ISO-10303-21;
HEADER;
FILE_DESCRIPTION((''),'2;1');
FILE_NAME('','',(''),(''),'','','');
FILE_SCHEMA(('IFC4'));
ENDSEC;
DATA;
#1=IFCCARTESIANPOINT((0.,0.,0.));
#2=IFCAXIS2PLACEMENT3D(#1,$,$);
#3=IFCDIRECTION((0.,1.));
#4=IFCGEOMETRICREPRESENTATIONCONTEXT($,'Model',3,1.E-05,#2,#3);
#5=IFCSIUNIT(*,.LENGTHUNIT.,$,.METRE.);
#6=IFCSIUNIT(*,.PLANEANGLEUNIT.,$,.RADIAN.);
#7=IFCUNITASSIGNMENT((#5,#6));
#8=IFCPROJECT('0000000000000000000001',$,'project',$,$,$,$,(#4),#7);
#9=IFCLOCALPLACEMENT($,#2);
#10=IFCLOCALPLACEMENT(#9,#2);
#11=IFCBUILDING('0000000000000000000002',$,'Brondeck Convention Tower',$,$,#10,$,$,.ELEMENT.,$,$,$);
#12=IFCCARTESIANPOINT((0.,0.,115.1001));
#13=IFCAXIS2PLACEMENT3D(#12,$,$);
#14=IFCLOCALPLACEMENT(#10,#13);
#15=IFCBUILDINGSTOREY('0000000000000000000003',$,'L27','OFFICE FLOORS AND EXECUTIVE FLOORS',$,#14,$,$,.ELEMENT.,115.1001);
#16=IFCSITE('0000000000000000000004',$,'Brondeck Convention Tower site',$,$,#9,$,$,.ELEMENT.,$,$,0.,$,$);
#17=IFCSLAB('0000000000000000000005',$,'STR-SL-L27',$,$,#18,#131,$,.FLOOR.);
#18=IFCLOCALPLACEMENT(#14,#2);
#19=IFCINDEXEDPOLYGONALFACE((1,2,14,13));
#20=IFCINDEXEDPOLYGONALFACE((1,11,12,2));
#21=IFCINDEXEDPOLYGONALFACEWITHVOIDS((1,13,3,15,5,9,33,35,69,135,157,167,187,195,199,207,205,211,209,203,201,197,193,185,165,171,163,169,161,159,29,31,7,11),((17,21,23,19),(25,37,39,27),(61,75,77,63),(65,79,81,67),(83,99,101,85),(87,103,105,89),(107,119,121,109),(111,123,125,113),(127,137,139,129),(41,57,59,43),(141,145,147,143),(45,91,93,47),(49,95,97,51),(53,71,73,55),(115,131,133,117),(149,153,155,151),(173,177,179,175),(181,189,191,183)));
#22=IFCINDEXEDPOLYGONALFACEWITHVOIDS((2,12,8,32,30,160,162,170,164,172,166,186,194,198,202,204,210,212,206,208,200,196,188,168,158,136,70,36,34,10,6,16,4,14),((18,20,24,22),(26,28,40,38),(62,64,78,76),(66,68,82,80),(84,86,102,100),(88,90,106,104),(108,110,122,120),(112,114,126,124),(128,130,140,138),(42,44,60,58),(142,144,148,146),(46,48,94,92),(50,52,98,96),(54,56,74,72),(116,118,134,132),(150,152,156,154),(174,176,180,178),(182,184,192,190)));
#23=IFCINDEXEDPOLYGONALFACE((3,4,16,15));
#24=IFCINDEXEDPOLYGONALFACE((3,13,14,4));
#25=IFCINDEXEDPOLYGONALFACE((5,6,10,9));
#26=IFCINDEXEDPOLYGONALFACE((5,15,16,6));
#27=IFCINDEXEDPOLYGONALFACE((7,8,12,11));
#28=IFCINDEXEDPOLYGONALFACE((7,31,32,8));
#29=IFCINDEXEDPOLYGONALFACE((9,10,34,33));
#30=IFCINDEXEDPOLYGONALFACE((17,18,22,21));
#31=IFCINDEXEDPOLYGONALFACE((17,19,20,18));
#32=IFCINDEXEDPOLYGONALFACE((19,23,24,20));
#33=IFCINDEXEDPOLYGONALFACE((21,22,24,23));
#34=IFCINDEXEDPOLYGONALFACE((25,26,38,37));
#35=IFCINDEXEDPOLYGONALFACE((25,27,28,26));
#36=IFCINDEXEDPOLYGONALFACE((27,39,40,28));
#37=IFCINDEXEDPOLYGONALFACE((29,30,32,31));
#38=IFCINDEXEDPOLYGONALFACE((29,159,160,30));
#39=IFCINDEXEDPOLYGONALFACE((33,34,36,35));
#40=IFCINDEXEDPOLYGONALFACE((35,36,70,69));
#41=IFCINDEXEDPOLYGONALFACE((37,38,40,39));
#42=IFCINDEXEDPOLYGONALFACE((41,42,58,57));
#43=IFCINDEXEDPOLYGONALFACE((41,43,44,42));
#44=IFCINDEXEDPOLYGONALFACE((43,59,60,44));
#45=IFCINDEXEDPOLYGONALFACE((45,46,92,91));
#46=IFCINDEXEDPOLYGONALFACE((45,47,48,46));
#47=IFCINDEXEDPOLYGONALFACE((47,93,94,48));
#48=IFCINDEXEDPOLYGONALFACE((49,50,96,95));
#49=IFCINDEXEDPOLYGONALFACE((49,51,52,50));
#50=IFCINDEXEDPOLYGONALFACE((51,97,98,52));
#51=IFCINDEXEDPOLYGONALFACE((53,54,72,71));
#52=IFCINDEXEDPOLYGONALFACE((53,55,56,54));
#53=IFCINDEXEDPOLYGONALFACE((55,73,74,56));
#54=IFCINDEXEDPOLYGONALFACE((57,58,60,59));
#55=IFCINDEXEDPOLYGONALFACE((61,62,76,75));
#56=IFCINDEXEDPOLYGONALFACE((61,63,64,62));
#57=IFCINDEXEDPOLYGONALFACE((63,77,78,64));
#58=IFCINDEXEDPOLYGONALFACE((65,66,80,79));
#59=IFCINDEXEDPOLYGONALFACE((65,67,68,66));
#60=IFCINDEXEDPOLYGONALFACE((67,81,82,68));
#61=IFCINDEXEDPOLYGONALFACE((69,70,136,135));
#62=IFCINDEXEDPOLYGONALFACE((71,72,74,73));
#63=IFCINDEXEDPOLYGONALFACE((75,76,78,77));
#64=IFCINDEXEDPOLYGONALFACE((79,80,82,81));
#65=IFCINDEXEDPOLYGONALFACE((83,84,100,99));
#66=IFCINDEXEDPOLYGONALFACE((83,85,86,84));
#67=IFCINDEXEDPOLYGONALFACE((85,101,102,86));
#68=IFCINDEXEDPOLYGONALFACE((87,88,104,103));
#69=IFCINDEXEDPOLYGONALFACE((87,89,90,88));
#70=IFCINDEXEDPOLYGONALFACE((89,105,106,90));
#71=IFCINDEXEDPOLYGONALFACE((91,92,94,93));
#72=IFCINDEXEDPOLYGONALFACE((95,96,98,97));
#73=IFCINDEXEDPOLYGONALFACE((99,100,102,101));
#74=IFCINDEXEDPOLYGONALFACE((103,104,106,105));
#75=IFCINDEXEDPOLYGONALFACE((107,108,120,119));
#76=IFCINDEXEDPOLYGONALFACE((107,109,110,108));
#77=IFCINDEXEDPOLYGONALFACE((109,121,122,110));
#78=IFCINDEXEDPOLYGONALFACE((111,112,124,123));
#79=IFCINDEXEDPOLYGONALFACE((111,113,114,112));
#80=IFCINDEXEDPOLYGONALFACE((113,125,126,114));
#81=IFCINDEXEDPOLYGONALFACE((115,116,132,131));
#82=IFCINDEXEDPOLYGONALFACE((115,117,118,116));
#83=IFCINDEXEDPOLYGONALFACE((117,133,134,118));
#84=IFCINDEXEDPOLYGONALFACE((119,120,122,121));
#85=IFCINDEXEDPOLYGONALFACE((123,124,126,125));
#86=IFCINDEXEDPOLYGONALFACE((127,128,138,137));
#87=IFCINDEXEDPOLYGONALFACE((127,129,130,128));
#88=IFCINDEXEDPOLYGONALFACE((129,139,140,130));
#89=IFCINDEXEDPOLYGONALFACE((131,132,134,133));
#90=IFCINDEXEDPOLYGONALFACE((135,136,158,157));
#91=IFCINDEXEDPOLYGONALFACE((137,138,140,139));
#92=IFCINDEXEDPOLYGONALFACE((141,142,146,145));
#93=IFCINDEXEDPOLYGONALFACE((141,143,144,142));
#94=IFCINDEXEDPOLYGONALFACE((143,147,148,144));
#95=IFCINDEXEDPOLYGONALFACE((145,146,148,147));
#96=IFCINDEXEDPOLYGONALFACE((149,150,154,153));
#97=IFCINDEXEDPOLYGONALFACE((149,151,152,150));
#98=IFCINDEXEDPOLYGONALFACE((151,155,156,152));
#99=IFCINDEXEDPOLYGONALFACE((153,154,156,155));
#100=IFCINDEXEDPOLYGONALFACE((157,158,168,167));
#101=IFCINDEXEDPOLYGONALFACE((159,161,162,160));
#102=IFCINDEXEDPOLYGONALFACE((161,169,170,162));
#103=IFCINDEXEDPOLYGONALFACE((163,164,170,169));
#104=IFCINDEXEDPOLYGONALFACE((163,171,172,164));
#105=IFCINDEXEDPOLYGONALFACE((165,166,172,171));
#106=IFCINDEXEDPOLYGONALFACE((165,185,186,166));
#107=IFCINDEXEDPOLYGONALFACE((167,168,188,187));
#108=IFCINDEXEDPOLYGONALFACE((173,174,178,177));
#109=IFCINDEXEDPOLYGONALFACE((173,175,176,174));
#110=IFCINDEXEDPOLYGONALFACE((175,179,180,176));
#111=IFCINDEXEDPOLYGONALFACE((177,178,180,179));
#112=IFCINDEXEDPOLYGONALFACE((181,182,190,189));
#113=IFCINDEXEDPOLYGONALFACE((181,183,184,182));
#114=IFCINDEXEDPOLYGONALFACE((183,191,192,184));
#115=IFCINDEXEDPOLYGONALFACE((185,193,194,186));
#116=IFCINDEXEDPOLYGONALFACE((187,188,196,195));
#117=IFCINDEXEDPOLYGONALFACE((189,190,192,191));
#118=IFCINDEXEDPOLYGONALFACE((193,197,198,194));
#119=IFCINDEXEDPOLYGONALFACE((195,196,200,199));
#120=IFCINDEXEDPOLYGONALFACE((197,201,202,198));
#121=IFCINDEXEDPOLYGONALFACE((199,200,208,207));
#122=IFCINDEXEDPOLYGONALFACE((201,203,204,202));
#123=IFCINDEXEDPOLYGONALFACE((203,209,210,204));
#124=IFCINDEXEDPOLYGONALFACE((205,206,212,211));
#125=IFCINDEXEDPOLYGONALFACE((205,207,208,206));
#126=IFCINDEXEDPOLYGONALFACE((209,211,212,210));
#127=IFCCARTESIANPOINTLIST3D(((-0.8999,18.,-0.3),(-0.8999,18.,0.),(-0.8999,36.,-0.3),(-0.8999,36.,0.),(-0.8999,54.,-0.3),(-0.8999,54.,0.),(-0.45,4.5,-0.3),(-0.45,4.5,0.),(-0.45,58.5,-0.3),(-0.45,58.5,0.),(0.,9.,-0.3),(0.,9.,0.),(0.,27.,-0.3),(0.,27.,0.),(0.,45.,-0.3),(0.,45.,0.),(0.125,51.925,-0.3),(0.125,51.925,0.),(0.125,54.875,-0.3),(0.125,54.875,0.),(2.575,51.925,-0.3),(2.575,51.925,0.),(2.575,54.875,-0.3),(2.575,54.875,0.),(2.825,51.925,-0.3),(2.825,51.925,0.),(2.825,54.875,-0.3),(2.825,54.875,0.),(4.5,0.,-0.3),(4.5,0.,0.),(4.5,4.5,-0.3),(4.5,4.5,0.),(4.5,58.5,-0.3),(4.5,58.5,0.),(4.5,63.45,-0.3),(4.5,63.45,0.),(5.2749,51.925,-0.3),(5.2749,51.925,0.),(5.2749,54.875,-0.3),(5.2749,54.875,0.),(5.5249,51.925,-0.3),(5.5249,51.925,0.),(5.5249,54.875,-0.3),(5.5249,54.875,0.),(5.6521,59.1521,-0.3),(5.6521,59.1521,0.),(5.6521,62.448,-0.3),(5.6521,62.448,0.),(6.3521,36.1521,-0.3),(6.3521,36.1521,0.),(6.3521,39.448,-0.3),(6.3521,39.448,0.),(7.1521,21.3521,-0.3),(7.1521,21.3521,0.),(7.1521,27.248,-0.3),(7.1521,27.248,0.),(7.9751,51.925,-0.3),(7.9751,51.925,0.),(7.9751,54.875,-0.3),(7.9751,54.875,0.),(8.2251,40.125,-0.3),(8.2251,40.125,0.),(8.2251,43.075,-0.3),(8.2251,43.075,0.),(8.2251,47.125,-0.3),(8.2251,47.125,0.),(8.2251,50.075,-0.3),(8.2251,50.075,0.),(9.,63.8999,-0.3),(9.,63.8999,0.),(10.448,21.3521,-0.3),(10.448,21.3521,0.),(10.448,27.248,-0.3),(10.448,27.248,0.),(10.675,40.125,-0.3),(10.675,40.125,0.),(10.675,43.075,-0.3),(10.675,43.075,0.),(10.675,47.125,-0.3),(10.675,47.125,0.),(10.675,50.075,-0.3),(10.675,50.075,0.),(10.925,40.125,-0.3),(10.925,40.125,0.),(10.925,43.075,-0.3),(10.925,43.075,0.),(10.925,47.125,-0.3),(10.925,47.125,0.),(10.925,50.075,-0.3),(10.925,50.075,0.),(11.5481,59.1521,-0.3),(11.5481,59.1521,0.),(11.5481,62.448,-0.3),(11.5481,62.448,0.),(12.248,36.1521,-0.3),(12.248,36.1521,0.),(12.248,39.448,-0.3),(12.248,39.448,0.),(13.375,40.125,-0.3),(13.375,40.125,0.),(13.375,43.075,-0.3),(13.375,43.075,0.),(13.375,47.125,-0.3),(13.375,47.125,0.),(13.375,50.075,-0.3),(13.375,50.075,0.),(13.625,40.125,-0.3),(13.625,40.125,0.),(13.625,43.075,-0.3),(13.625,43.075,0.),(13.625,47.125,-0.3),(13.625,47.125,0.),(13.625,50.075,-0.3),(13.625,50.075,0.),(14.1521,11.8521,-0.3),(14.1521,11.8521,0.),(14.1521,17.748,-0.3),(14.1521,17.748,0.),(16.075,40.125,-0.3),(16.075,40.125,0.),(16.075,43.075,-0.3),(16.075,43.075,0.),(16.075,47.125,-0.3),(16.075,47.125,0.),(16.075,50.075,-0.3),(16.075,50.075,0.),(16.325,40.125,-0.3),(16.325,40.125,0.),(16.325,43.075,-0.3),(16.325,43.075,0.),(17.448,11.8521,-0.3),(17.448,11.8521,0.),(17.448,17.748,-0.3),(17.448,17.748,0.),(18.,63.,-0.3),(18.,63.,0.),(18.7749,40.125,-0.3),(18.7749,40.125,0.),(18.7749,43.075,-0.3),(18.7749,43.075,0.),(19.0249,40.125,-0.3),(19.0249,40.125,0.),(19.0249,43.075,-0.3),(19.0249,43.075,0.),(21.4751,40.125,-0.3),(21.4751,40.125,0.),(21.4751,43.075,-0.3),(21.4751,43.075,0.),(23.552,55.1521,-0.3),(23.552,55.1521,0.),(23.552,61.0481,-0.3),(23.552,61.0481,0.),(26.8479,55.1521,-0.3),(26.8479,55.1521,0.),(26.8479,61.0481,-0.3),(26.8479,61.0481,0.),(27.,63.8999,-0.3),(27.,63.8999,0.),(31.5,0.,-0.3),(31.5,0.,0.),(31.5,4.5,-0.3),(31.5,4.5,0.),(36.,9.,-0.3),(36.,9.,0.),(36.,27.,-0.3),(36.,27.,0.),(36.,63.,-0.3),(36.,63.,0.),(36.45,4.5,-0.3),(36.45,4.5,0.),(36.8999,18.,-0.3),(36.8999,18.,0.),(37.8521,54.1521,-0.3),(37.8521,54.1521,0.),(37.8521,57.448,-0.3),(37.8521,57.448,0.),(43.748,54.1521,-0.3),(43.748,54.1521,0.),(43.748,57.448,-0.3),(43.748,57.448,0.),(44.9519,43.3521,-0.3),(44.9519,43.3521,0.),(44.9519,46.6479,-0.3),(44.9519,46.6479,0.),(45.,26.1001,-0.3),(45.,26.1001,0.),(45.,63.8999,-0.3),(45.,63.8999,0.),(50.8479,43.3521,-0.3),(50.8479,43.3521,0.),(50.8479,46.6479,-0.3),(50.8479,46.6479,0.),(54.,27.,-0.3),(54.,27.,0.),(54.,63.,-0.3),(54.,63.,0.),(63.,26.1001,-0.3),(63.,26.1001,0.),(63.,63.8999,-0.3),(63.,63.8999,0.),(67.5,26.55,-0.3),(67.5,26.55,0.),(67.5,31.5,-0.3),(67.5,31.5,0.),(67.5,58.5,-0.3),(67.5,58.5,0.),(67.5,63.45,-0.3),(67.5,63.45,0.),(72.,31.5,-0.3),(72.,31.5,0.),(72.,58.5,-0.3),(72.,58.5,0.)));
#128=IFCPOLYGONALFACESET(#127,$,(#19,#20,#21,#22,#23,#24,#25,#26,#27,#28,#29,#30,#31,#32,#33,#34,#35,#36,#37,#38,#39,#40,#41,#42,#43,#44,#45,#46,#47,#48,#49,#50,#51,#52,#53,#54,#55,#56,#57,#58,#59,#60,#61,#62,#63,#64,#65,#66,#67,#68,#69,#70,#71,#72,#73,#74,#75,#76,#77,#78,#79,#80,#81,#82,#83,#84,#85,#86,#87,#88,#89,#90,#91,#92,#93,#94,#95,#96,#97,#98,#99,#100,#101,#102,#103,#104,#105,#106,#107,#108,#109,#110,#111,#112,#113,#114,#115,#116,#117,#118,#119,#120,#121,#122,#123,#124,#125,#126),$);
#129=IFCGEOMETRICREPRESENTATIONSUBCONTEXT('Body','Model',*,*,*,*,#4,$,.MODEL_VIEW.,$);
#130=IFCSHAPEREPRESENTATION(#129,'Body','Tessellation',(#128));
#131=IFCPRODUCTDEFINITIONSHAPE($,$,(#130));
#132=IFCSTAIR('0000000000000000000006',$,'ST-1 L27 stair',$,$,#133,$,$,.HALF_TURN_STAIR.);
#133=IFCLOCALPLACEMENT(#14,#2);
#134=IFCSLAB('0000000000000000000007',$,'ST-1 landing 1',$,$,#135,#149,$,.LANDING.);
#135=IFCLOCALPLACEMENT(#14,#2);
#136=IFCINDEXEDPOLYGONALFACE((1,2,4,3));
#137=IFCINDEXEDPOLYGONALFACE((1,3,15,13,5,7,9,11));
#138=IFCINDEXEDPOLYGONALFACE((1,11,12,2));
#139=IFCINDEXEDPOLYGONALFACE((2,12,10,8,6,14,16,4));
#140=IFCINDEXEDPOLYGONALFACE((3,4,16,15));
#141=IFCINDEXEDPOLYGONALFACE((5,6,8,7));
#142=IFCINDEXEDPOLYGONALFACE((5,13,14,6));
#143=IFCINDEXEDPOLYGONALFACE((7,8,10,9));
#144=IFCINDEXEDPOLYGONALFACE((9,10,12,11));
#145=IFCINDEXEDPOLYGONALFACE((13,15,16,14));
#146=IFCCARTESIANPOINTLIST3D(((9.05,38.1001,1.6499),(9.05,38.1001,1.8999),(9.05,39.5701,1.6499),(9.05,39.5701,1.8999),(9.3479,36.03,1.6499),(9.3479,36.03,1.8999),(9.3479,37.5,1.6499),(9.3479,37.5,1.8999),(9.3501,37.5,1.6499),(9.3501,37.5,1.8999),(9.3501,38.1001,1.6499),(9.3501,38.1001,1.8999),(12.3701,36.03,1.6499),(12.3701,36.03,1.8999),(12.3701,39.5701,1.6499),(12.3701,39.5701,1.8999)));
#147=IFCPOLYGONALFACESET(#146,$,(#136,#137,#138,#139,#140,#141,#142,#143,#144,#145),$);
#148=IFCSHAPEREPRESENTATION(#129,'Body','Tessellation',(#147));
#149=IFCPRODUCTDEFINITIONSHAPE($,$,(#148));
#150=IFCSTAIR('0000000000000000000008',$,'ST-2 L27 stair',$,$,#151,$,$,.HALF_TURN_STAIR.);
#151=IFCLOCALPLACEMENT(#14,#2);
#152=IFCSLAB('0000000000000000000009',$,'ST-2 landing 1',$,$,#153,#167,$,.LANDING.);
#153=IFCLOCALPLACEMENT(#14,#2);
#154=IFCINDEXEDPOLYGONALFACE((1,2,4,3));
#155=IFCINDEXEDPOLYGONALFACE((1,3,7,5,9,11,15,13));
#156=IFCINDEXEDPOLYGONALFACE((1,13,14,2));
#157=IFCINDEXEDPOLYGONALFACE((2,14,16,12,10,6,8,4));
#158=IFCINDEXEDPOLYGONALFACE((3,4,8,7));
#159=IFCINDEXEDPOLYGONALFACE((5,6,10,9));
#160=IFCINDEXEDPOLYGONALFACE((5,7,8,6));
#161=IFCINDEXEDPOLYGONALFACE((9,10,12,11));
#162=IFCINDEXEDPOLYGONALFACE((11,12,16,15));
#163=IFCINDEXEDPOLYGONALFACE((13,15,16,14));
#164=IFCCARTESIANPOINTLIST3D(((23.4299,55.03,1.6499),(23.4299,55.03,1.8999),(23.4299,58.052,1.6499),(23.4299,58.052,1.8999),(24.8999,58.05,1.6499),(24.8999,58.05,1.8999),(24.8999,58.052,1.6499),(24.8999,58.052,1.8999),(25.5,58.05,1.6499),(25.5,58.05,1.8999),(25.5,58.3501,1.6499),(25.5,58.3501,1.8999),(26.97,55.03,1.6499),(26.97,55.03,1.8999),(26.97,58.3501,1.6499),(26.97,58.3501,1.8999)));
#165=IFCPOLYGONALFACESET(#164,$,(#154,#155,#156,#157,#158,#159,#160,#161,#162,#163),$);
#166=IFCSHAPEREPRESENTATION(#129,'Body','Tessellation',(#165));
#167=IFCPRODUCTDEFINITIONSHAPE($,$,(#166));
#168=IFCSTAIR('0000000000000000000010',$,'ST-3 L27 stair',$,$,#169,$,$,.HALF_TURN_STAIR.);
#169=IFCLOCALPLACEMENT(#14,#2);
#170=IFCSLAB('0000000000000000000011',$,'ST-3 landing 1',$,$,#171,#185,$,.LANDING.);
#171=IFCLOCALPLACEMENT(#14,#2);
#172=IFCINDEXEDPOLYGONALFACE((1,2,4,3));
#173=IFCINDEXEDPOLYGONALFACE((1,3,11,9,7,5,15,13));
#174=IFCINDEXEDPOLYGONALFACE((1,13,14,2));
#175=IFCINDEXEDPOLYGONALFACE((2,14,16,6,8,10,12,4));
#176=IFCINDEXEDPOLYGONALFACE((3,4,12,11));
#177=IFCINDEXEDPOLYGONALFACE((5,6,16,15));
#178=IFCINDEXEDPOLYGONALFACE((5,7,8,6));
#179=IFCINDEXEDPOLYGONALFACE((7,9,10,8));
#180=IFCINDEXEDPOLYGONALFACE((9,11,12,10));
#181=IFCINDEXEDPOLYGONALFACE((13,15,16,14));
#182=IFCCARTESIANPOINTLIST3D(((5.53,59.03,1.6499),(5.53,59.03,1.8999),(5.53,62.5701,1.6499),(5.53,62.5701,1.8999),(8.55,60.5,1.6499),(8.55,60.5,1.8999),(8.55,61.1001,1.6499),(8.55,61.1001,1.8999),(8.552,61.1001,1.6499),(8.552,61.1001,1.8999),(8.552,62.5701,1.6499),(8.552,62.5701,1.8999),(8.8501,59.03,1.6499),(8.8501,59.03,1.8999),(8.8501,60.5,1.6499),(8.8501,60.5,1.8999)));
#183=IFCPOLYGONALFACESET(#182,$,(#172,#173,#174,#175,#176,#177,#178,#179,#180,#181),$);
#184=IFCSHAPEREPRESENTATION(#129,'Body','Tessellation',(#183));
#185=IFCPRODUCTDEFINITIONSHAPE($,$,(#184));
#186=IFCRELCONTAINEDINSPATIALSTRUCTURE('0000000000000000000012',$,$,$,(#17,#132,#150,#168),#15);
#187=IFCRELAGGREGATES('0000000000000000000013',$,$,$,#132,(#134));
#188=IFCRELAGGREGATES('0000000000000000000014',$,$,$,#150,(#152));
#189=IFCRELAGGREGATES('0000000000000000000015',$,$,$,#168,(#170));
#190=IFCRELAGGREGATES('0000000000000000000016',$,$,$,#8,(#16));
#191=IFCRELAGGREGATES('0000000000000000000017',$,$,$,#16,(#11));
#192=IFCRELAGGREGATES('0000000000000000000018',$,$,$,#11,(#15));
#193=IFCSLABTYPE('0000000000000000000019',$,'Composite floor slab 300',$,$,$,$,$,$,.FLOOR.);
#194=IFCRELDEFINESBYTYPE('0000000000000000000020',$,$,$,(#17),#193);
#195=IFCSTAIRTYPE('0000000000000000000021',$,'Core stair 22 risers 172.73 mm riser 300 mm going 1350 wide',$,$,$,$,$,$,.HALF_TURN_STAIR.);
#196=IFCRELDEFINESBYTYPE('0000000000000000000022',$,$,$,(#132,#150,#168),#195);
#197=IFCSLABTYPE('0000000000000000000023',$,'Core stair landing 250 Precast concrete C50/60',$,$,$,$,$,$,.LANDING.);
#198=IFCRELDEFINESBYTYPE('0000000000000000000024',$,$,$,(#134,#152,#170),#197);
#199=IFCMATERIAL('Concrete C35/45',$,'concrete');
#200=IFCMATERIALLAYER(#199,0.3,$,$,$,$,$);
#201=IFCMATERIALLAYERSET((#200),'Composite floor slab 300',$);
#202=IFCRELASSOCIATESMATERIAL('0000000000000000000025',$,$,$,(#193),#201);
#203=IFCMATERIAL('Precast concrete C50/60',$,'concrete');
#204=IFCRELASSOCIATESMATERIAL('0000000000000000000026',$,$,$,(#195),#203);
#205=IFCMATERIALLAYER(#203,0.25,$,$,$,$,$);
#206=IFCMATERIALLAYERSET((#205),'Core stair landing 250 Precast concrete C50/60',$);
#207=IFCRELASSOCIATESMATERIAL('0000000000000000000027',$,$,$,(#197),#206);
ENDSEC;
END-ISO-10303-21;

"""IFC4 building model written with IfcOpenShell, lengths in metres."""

from ifc_helpers import new_model, si_unit, direction, frame, origin, place, context, subcontext, project, spatial, polyline, outline, extrude, material, layer, layer_set, type_object, element, aggregate, save


model = new_model("IFC4")

# Units and contexts
model_context = context("Model", 3, precision=1e-05, world=origin(), true_north=direction((0.0, 1.0)))
body_context = subcontext(model_context, "Body", "Model", "MODEL_VIEW")
ifc_project = project(units=[si_unit("LENGTHUNIT", "METRE"), si_unit("PLANEANGLEUNIT", "RADIAN")], contexts=[model_context])

# Site, building, storey
site_placement = place(None, origin())
site = spatial("IfcSite", under=ifc_project, at=site_placement, Name="Brondeck Convention Tower site", CompositionType="ELEMENT", RefElevation=0.0)
building_placement = place(site_placement, origin())
building = spatial("IfcBuilding", under=site, at=building_placement, Name="Brondeck Convention Tower", CompositionType="ELEMENT")
storey_placement = place(building_placement, frame((0.0, 0.0, 115.1001)))
storey = spatial("IfcBuildingStorey", under=building, at=storey_placement, Name="L27", Description="OFFICE FLOORS AND EXECUTIVE FLOORS", CompositionType="ELEMENT", Elevation=115.1001)

# Slab
ifc_material_1 = material(Name="Concrete C35/45", Category="concrete")
ifc_layer_1 = layer(ifc_material_1, 0.3)
ifc_layer_set_1 = layer_set([ifc_layer_1], Name="Composite floor slab 300")
slab_type_1 = type_object("IfcSlabType", Name="Composite floor slab 300", PredefinedType="FLOOR", material=ifc_layer_set_1)
slab_1_placement = place(storey_placement, frame((0.0, 0.0, -0.3)))
element("IfcSlab", 1, at=slab_1_placement, inside=storey, type_object=slab_type_1, Name="STR-SL-L27", PredefinedType="FLOOR", context=body_context, shape_type="SweptSolid", body=[
    extrude(outline(polyline([(4.5, 4.5), (-0.45, 4.5), (0.0, 9.0), (-0.8999, 18.0), (0.0, 27.0), (-0.8999, 36.0), (0.0, 45.0), (-0.8999, 54.0), (-0.45, 58.5), (4.5, 58.5), (4.5, 63.45), (9.0, 63.8999), (18.0, 63.0), (27.0, 63.8999), (36.0, 63.0), (45.0, 63.8999), (54.0, 63.0), (63.0, 63.8999), (67.5, 63.45), (67.5, 58.5), (72.0, 58.5), (72.0, 31.5), (67.5, 31.5), (67.5, 26.55), (63.0, 26.1001), (54.0, 27.0), (45.0, 26.1001), (36.0, 27.0), (36.8999, 18.0), (36.0, 9.0), (36.45, 4.5), (31.5, 4.5), (31.5, 0.0), (4.5, 0.0), (4.5, 4.5)]), holes=[polyline([(10.448, 27.248), (7.1521, 27.248), (7.1521, 21.3521), (10.448, 21.3521), (10.448, 27.248)]), polyline([(12.248, 36.1521), (12.248, 39.448), (6.3521, 39.448), (6.3521, 36.1521), (12.248, 36.1521)]), polyline([(10.675, 40.125), (10.675, 43.075), (8.2251, 43.075), (8.2251, 40.125), (10.675, 40.125)]), polyline([(10.675, 47.125), (10.675, 50.075), (8.2251, 50.075), (8.2251, 47.125), (10.675, 47.125)]), polyline([(13.375, 47.125), (13.375, 50.075), (10.925, 50.075), (10.925, 47.125), (13.375, 47.125)]), polyline([(2.575, 51.925), (2.575, 54.875), (0.125, 54.875), (0.125, 51.925), (2.575, 51.925)]), polyline([(5.2749, 51.925), (5.2749, 54.875), (2.825, 54.875), (2.825, 51.925), (5.2749, 51.925)]), polyline([(5.5249, 51.925), (7.9751, 51.925), (7.9751, 54.875), (5.5249, 54.875), (5.5249, 51.925)]), polyline([(11.5481, 62.448), (5.6521, 62.448), (5.6521, 59.1521), (11.5481, 59.1521), (11.5481, 62.448)]), polyline([(17.448, 17.748), (14.1521, 17.748), (14.1521, 11.8521), (17.448, 11.8521), (17.448, 17.748)]), polyline([(13.375, 40.125), (13.375, 43.075), (10.925, 43.075), (10.925, 40.125), (13.375, 40.125)]), polyline([(16.075, 40.125), (16.075, 43.075), (13.625, 43.075), (13.625, 40.125), (16.075, 40.125)]), polyline([(18.7749, 40.125), (18.7749, 43.075), (16.325, 43.075), (16.325, 40.125), (18.7749, 40.125)]), polyline([(21.4751, 40.125), (21.4751, 43.075), (19.0249, 43.075), (19.0249, 40.125), (21.4751, 40.125)]), polyline([(50.8479, 43.3521), (50.8479, 46.6479), (44.9519, 46.6479), (44.9519, 43.3521), (50.8479, 43.3521)]), polyline([(16.075, 47.125), (16.075, 50.075), (13.625, 50.075), (13.625, 47.125), (16.075, 47.125)]), polyline([(37.8521, 54.1521), (43.748, 54.1521), (43.748, 57.448), (37.8521, 57.448), (37.8521, 54.1521)]), polyline([(23.552, 61.0481), (23.552, 55.1521), (26.8479, 55.1521), (26.8479, 61.0481), (23.552, 61.0481)])]), origin(), (0.0, 0.0, 1.0), 0.3),
])

# Stairs, slabs
ifc_material_2 = material(Name="Precast concrete C50/60", Category="concrete")
stair_type = type_object("IfcStairType", Name="Core stair 22 risers 172.73 mm riser 300 mm going 1350 wide", PredefinedType="HALF_TURN_STAIR", material=ifc_material_2)
stair_1_placement = place(storey_placement, origin())
stair_1 = element("IfcStair", 2, at=stair_1_placement, inside=storey, type_object=stair_type, Name="ST-1 L27 stair", PredefinedType="HALF_TURN_STAIR")
ifc_layer_2 = layer(ifc_material_2, 0.25)
ifc_layer_set_2 = layer_set([ifc_layer_2], Name="Core stair landing 250 Precast concrete C50/60")
slab_type_2 = type_object("IfcSlabType", Name="Core stair landing 250 Precast concrete C50/60", PredefinedType="LANDING", material=ifc_layer_set_2)
slab_2_placement = place(storey_placement, frame((0.0, 0.0, 1.6499)))
slab_2 = element("IfcSlab", 3, at=slab_2_placement, type_object=slab_type_2, Name="ST-1 landing 1", PredefinedType="LANDING", context=body_context, shape_type="SweptSolid", body=[
    extrude(outline(polyline([(9.3479, 37.5), (9.3501, 37.5), (9.3501, 38.1001), (9.05, 38.1001), (9.05, 39.5701), (12.3701, 39.5701), (12.3701, 36.03), (9.3479, 36.03), (9.3479, 37.5)])), origin(), (0.0, 0.0, 1.0), 0.25),
])
aggregate(stair_1, [slab_2])
stair_2_placement = place(storey_placement, origin())
stair_2 = element("IfcStair", 4, at=stair_2_placement, inside=storey, type_object=stair_type, Name="ST-2 L27 stair", PredefinedType="HALF_TURN_STAIR")
slab_3_placement = place(storey_placement, frame((0.0, 0.0, 1.6499)))
slab_3 = element("IfcSlab", 5, at=slab_3_placement, type_object=slab_type_2, Name="ST-2 landing 1", PredefinedType="LANDING", context=body_context, shape_type="SweptSolid", body=[
    extrude(outline(polyline([(23.4299, 58.052), (24.8999, 58.052), (24.8999, 58.05), (25.5, 58.05), (25.5, 58.3501), (26.97, 58.3501), (26.97, 55.03), (23.4299, 55.03), (23.4299, 58.052)])), origin(), (0.0, 0.0, 1.0), 0.25),
])
aggregate(stair_2, [slab_3])
stair_3_placement = place(storey_placement, origin())
stair_3 = element("IfcStair", 6, at=stair_3_placement, inside=storey, type_object=stair_type, Name="ST-3 L27 stair", PredefinedType="HALF_TURN_STAIR")
slab_4_placement = place(storey_placement, frame((0.0, 0.0, 1.6499)))
slab_4 = element("IfcSlab", 7, at=slab_4_placement, type_object=slab_type_2, Name="ST-3 landing 1", PredefinedType="LANDING", context=body_context, shape_type="SweptSolid", body=[
    extrude(outline(polyline([(8.8501, 60.5), (8.8501, 59.03), (5.53, 59.03), (5.53, 62.5701), (8.552, 62.5701), (8.552, 61.1001), (8.55, 61.1001), (8.55, 60.5), (8.8501, 60.5)])), origin(), (0.0, 0.0, 1.0), 0.25),
])
aggregate(stair_3, [slab_4])

save(model, "model.ifc")
